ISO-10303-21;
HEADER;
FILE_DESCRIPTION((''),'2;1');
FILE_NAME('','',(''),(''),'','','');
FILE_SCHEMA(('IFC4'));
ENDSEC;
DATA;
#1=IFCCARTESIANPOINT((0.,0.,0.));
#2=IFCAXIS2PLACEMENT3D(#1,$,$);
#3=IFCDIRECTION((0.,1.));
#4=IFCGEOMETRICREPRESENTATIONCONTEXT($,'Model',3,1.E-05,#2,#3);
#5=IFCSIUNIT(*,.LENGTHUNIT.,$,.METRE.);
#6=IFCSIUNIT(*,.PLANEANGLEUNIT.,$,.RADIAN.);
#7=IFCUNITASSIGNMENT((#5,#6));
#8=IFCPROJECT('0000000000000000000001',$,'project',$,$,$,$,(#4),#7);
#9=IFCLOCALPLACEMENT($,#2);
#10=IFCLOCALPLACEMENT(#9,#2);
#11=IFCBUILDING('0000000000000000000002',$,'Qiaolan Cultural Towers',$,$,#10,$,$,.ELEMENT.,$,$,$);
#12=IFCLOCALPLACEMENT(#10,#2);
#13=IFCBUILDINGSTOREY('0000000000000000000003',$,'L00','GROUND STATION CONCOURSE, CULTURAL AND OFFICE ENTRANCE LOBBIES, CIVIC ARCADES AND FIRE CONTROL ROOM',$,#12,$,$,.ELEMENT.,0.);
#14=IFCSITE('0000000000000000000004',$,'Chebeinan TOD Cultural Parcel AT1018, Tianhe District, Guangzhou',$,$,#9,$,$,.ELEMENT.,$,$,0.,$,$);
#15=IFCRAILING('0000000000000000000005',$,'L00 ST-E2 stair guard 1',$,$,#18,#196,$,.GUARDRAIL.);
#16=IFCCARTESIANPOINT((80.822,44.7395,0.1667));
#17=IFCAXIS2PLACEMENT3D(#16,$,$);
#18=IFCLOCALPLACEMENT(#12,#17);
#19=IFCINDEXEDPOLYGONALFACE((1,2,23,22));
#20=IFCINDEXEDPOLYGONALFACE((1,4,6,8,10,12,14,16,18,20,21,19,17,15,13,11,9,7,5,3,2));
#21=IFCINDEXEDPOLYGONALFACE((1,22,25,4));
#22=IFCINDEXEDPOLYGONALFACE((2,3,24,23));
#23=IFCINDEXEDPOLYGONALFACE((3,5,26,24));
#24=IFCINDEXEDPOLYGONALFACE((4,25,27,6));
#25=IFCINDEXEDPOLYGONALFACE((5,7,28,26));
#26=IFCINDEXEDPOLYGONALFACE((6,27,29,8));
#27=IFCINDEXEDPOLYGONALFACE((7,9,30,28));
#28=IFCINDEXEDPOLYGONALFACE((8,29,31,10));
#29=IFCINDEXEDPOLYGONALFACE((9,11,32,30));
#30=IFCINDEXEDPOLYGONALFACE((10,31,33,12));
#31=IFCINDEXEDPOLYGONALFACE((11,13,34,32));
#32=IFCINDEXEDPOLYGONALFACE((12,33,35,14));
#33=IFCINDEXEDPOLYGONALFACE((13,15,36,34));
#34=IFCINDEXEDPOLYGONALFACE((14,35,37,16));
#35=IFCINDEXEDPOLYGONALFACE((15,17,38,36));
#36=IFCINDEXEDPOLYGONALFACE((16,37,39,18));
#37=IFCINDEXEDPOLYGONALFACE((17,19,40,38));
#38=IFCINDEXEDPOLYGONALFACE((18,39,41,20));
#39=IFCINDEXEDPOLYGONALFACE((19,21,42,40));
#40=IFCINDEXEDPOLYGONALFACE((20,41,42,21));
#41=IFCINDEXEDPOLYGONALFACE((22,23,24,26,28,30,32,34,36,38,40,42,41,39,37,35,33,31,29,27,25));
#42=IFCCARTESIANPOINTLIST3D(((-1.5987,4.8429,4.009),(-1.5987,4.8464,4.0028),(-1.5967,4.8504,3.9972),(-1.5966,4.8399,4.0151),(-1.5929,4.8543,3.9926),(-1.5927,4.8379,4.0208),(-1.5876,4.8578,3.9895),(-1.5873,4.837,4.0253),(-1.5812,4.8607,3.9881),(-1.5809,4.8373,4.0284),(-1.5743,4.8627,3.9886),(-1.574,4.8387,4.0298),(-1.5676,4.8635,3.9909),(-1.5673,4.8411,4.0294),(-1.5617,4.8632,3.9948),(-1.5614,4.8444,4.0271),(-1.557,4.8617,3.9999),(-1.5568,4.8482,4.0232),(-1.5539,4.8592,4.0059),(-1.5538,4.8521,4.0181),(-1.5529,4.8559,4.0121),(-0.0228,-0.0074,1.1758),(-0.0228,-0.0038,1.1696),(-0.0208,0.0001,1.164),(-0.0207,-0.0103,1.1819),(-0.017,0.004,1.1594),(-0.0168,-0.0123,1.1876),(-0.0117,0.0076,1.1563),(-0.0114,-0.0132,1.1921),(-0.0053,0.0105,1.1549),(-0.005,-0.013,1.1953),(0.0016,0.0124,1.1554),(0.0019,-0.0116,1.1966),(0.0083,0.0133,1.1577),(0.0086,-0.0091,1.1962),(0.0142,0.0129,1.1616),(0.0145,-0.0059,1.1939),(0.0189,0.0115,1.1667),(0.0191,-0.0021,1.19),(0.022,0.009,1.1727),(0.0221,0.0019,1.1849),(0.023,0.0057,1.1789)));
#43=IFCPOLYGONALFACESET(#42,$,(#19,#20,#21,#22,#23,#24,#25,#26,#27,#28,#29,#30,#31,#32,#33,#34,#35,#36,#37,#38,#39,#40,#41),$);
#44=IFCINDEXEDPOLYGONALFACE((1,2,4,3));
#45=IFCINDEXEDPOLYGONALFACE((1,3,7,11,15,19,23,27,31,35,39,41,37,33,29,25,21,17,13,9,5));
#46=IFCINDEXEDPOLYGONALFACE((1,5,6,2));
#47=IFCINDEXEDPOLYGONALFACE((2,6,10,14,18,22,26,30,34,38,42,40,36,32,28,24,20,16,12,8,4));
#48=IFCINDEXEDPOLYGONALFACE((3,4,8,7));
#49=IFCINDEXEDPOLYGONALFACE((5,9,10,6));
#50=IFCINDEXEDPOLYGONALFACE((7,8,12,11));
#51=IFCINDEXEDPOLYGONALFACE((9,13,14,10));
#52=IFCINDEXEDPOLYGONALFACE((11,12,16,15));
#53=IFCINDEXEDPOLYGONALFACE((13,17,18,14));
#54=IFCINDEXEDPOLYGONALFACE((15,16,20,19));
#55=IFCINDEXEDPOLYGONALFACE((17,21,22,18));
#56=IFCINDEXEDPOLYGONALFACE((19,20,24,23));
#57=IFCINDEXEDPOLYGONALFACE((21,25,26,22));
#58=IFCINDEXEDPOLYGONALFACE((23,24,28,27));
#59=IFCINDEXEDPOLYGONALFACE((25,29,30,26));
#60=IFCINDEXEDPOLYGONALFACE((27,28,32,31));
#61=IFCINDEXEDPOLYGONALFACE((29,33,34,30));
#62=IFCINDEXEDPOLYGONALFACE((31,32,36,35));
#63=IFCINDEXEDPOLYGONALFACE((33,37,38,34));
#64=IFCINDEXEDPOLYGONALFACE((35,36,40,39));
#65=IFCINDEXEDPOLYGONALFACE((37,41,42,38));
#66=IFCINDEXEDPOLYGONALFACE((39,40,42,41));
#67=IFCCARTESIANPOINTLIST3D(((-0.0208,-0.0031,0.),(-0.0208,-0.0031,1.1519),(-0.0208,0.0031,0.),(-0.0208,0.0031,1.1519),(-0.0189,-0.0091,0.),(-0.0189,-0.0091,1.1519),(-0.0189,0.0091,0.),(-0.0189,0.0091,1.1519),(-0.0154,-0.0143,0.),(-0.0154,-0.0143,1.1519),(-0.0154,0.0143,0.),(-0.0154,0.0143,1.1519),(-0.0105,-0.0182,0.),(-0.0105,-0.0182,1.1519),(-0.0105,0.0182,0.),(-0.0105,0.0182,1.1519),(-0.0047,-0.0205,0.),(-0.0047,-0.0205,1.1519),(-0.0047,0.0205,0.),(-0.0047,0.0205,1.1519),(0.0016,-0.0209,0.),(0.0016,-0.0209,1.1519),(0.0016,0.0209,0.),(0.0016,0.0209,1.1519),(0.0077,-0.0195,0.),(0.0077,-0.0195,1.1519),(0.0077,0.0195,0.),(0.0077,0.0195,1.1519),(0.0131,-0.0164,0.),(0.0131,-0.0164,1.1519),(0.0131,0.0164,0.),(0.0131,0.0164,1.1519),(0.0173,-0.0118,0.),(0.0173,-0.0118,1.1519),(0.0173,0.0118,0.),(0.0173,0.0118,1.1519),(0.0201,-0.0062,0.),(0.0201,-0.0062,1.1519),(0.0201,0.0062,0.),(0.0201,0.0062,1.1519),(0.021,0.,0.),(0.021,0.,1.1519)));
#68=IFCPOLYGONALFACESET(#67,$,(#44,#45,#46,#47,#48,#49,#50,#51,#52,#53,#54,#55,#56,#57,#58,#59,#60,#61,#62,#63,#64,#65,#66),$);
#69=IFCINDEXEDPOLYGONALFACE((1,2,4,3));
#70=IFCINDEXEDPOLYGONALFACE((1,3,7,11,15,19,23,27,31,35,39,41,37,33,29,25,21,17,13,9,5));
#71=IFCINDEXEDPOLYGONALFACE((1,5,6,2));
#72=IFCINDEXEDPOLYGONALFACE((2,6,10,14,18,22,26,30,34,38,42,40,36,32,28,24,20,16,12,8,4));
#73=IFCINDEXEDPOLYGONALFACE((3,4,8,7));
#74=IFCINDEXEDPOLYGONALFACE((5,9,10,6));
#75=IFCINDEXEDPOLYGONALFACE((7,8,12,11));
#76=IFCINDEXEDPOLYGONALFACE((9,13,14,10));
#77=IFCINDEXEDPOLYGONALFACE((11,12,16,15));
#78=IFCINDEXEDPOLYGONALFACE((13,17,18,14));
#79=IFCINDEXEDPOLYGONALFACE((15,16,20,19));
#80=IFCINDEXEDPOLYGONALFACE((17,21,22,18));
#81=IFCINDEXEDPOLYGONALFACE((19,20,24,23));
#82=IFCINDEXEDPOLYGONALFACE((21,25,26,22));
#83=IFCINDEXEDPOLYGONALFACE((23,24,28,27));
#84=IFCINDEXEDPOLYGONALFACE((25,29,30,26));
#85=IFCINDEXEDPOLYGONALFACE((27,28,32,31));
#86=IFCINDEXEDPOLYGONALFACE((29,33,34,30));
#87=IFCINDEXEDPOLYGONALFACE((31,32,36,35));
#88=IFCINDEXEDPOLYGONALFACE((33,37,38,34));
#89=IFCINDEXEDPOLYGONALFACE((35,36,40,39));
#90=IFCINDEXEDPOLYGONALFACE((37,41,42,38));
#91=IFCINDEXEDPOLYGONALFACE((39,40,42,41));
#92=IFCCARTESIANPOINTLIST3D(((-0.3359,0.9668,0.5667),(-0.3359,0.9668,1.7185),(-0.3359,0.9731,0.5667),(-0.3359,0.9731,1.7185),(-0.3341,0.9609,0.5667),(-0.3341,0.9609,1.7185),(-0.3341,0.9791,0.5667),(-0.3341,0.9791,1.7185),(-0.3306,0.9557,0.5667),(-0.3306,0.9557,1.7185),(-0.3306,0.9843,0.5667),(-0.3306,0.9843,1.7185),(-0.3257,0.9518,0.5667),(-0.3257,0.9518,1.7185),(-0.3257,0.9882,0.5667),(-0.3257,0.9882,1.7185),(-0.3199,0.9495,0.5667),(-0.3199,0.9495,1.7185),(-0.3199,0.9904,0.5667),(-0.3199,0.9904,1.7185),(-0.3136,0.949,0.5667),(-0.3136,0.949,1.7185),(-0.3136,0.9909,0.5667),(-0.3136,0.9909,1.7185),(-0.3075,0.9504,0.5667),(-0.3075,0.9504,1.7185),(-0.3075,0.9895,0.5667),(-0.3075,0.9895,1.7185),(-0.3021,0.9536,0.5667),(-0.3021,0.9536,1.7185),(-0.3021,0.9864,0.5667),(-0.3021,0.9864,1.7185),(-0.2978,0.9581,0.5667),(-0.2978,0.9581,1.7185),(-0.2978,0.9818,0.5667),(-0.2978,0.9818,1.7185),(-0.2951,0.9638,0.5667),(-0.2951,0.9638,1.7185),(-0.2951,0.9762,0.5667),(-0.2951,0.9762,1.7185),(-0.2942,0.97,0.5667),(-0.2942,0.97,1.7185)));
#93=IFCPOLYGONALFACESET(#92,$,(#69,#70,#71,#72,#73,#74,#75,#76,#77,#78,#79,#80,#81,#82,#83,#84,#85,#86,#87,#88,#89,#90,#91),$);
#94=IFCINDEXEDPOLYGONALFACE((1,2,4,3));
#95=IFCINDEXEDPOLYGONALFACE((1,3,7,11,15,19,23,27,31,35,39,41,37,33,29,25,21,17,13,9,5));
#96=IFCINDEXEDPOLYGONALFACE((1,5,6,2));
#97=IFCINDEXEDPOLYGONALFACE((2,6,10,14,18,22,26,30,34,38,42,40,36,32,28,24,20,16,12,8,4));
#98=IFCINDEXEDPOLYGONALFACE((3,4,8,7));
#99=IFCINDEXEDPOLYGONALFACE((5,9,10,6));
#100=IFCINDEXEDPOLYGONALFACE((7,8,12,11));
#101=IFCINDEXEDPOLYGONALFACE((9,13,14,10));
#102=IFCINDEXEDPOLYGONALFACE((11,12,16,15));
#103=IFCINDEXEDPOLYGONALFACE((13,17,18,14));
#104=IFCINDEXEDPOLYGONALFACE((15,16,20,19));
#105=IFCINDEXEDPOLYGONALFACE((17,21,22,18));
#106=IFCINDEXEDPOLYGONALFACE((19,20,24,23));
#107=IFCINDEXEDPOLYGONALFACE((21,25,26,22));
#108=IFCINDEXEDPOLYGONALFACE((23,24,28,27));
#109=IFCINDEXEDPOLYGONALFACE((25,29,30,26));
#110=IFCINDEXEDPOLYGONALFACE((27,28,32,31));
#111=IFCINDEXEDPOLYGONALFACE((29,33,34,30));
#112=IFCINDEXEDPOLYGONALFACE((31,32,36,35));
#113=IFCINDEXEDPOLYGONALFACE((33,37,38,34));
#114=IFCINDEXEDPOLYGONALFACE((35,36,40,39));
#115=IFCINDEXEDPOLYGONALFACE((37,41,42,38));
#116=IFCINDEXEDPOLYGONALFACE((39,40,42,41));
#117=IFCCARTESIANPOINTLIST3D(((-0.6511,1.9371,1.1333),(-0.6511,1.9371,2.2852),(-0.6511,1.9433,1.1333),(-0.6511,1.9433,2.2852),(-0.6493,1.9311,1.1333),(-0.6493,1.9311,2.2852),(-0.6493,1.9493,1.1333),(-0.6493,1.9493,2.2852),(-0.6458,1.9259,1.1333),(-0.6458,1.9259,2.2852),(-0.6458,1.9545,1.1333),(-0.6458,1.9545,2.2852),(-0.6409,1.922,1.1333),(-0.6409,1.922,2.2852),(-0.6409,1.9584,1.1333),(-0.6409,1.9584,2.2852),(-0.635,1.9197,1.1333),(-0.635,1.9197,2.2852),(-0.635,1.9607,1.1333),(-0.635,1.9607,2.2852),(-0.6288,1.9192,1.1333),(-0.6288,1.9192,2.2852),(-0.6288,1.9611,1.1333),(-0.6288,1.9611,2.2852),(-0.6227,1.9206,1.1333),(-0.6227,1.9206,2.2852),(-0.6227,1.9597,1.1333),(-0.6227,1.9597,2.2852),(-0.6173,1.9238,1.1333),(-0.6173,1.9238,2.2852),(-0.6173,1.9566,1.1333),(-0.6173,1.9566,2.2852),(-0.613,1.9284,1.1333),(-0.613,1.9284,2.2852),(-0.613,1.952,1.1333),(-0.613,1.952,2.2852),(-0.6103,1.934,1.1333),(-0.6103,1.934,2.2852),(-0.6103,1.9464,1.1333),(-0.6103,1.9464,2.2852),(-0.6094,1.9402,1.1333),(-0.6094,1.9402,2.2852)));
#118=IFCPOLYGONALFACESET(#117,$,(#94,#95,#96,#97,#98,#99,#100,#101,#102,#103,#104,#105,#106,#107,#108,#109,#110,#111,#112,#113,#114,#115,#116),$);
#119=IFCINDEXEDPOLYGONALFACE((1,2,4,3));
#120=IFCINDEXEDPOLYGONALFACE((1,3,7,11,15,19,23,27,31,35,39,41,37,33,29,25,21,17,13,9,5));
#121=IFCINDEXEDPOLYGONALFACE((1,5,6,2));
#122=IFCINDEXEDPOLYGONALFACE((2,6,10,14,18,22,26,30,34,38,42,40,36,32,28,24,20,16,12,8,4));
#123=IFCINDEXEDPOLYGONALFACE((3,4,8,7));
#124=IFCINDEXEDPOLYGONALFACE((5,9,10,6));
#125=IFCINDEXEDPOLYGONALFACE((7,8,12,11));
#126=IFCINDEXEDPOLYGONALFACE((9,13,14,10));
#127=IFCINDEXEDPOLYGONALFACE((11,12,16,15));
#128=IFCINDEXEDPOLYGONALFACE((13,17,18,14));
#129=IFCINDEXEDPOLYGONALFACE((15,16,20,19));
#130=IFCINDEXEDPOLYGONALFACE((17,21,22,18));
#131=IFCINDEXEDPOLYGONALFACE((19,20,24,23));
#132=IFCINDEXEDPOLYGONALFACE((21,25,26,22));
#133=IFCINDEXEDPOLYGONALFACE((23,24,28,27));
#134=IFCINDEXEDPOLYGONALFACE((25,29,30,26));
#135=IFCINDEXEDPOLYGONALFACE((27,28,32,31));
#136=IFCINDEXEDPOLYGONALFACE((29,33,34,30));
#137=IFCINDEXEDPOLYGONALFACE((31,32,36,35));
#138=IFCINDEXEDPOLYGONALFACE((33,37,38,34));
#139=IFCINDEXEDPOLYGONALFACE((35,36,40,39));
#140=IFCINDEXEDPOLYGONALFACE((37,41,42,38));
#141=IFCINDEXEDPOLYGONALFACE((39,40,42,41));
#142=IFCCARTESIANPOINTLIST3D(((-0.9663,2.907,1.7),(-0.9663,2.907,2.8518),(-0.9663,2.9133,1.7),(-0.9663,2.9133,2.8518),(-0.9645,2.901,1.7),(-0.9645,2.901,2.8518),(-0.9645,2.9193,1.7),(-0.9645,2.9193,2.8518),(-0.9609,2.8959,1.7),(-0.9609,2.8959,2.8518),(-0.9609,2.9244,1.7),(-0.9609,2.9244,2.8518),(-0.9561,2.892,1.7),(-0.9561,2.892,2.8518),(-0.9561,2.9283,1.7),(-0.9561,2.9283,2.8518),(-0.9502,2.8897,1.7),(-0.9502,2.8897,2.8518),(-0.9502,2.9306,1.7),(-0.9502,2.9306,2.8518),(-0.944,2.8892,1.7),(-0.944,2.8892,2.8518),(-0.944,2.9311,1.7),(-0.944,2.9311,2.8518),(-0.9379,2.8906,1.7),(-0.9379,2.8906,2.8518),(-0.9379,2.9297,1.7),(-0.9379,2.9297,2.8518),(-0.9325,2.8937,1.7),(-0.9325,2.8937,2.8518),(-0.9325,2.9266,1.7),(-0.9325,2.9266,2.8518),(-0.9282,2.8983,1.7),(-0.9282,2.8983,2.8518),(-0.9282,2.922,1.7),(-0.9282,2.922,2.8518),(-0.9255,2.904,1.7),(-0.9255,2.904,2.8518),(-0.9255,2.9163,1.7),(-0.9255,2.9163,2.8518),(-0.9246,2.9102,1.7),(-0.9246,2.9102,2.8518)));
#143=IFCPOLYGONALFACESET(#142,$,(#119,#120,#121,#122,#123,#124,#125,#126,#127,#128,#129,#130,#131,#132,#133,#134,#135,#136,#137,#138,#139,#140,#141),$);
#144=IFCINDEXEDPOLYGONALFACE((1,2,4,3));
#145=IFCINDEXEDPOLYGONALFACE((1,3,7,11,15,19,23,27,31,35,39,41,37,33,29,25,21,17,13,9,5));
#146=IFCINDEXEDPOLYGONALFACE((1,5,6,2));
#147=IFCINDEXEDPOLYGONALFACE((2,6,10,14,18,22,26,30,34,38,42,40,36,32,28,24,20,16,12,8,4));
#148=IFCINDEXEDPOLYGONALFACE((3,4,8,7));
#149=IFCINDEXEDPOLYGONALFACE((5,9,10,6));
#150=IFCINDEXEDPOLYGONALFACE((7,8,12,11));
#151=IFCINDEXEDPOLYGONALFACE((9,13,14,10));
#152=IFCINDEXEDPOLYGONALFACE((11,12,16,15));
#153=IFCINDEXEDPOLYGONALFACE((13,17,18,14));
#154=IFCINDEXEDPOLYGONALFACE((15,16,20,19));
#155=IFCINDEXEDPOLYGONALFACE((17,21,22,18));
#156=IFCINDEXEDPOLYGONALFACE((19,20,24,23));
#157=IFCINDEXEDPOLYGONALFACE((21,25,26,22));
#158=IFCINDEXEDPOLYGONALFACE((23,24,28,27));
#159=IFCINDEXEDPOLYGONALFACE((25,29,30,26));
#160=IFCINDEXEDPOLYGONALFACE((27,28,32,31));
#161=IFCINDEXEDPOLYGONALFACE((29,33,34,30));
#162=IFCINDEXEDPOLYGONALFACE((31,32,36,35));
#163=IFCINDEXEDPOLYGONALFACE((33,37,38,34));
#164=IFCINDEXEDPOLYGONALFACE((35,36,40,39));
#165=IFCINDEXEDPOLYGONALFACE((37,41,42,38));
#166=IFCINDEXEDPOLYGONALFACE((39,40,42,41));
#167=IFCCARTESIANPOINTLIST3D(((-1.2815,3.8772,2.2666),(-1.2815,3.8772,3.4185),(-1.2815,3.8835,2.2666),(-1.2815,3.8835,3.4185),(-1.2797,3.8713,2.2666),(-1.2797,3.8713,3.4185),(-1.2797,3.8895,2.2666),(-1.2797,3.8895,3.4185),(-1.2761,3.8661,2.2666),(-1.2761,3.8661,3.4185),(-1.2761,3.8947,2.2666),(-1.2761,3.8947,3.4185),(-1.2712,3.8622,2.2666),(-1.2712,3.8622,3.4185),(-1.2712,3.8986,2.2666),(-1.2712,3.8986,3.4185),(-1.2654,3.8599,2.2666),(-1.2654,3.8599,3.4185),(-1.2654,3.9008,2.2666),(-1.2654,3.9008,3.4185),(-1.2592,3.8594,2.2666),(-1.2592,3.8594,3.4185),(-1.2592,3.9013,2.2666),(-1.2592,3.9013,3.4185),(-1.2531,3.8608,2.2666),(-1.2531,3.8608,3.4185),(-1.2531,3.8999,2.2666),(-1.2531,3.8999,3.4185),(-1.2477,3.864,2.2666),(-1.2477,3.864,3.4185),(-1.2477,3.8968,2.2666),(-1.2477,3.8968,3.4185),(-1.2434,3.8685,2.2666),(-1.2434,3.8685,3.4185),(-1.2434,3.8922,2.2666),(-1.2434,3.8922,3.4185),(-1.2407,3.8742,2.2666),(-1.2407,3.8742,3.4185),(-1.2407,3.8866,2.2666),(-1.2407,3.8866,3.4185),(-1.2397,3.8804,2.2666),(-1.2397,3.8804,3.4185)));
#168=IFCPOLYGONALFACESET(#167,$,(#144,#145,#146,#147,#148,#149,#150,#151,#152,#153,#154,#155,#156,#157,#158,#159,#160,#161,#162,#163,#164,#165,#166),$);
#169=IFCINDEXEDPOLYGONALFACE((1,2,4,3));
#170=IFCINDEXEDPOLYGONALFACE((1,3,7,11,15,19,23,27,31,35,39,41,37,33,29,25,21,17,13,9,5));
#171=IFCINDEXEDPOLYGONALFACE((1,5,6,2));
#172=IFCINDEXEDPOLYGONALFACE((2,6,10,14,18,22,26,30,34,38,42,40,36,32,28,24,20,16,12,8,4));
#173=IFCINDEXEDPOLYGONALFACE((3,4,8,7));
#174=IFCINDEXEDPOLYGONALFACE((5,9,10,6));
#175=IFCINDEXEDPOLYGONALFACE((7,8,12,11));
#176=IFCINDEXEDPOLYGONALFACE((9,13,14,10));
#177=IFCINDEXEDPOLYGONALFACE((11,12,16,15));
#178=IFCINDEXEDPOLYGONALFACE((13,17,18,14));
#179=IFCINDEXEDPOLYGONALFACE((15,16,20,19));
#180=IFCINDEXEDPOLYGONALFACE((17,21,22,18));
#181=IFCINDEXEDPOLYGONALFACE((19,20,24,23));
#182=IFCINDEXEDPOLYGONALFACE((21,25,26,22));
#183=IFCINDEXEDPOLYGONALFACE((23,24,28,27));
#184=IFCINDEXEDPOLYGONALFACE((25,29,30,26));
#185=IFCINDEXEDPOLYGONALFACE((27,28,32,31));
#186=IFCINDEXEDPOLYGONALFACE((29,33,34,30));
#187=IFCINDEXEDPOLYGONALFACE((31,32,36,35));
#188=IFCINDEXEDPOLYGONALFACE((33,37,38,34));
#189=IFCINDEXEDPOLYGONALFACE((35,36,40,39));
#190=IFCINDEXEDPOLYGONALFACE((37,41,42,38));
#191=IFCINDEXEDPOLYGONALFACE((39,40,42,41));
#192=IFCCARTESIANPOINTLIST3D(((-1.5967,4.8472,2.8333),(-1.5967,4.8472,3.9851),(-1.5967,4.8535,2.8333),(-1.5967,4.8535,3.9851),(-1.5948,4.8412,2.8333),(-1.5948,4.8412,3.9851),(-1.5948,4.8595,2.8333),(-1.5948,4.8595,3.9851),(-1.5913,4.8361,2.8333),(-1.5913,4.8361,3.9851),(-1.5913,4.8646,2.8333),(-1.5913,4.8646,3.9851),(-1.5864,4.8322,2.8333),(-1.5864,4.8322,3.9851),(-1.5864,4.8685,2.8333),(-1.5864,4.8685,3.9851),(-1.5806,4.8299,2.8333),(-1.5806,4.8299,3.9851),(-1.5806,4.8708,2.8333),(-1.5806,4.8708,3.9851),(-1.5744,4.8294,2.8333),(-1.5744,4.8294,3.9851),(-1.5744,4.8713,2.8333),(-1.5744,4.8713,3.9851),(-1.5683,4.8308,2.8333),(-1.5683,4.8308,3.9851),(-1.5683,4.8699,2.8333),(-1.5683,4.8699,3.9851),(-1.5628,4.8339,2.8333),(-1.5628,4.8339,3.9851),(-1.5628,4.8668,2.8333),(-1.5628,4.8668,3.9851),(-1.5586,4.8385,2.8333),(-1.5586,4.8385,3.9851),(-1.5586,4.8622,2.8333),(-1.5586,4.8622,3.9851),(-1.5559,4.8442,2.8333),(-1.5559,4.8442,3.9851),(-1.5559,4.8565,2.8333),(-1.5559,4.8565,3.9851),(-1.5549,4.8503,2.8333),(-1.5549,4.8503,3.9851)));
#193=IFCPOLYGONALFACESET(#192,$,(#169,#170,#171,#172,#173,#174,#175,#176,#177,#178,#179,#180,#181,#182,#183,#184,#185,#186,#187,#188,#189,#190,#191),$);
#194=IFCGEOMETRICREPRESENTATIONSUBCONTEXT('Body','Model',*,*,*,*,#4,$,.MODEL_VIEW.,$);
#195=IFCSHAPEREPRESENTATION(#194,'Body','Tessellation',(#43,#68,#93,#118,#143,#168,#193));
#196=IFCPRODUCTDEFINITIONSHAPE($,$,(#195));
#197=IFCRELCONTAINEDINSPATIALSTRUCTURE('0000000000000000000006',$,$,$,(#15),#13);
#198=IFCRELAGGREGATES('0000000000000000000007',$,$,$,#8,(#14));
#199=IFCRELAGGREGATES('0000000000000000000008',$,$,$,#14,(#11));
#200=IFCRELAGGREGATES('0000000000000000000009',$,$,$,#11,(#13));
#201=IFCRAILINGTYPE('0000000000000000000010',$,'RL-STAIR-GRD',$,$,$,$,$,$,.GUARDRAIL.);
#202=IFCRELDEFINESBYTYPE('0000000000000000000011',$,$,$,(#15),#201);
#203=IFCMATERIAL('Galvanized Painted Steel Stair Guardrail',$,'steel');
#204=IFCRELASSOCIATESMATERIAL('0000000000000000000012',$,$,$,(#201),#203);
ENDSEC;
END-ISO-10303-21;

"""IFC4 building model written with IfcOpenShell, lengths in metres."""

from ifc_helpers import new_model, si_unit, direction, frame, origin, origin_2d, place, context, subcontext, project, spatial, circle, extrude, material, type_object, element, save


model = new_model("IFC4")

# Units and contexts
model_context = context("Model", 3, precision=1e-05, world=origin(), true_north=direction((0.0, 1.0)))
body_context = subcontext(model_context, "Body", "Model", "MODEL_VIEW")
ifc_project = project(units=[si_unit("LENGTHUNIT", "METRE"), si_unit("PLANEANGLEUNIT", "RADIAN")], contexts=[model_context])

# Site, building, storey
site_placement = place(None, origin())
site = spatial("IfcSite", under=ifc_project, at=site_placement, Name="Chebeinan TOD Cultural Parcel AT1018, Tianhe District, Guangzhou", CompositionType="ELEMENT", RefElevation=0.0)
building_placement = place(site_placement, origin())
building = spatial("IfcBuilding", under=site, at=building_placement, Name="Qiaolan Cultural Towers", CompositionType="ELEMENT")
storey_placement = place(building_placement, origin())
storey = spatial("IfcBuildingStorey", under=building, at=storey_placement, Name="L00", Description="GROUND STATION CONCOURSE, CULTURAL AND OFFICE ENTRANCE LOBBIES, CIVIC ARCADES AND FIRE CONTROL ROOM", CompositionType="ELEMENT", Elevation=0.0)

# Railing
ifc_material_1 = material(Name="Galvanized Painted Steel Stair Guardrail", Category="steel")
railing_type_1 = type_object("IfcRailingType", Name="RL-STAIR-GRD", PredefinedType="GUARDRAIL", material=ifc_material_1)
railing_1_placement = place(storey_placement, frame((80.822, 44.7395, 0.1667)))
element("IfcRailing", 1, at=railing_1_placement, inside=storey, type_object=railing_type_1, Name="L00 ST-E2 stair guard 1", PredefinedType="GUARDRAIL", context=body_context, shape_type="SweptSolid", body=[
    extrude(circle(Radius=0.0239, at=origin_2d()), frame((0.0, 0.0, 1.1758), z_axis=(-0.270124, 0.831378, 0.485637), x_axis=(-0.951059, -0.309009, 0.0)), (0.0, 0.0, 1.0), 5.834),
    extrude(circle(Radius=0.021, at=origin_2d()), origin(), (0.0, 0.0, 1.0), 1.1519),
    extrude(circle(Radius=0.021, at=origin_2d()), frame((-0.3152, 0.97, 0.5667)), (0.0, 0.0, 1.0), 1.1519),
    extrude(circle(Radius=0.021, at=origin_2d()), frame((-0.6304, 1.9402, 1.1333)), (0.0, 0.0, 1.0), 1.1519),
    extrude(circle(Radius=0.021, at=origin_2d()), frame((-0.9456, 2.9102, 1.7)), (0.0, 0.0, 1.0), 1.1519),
    extrude(circle(Radius=0.021, at=origin_2d()), frame((-1.2607, 3.8804, 2.2666)), (0.0, 0.0, 1.0), 1.1519),
    extrude(circle(Radius=0.021, at=origin_2d()), frame((-1.5759, 4.8503, 2.8333)), (0.0, 0.0, 1.0), 1.1519),
])

save(model, "model.ifc")
